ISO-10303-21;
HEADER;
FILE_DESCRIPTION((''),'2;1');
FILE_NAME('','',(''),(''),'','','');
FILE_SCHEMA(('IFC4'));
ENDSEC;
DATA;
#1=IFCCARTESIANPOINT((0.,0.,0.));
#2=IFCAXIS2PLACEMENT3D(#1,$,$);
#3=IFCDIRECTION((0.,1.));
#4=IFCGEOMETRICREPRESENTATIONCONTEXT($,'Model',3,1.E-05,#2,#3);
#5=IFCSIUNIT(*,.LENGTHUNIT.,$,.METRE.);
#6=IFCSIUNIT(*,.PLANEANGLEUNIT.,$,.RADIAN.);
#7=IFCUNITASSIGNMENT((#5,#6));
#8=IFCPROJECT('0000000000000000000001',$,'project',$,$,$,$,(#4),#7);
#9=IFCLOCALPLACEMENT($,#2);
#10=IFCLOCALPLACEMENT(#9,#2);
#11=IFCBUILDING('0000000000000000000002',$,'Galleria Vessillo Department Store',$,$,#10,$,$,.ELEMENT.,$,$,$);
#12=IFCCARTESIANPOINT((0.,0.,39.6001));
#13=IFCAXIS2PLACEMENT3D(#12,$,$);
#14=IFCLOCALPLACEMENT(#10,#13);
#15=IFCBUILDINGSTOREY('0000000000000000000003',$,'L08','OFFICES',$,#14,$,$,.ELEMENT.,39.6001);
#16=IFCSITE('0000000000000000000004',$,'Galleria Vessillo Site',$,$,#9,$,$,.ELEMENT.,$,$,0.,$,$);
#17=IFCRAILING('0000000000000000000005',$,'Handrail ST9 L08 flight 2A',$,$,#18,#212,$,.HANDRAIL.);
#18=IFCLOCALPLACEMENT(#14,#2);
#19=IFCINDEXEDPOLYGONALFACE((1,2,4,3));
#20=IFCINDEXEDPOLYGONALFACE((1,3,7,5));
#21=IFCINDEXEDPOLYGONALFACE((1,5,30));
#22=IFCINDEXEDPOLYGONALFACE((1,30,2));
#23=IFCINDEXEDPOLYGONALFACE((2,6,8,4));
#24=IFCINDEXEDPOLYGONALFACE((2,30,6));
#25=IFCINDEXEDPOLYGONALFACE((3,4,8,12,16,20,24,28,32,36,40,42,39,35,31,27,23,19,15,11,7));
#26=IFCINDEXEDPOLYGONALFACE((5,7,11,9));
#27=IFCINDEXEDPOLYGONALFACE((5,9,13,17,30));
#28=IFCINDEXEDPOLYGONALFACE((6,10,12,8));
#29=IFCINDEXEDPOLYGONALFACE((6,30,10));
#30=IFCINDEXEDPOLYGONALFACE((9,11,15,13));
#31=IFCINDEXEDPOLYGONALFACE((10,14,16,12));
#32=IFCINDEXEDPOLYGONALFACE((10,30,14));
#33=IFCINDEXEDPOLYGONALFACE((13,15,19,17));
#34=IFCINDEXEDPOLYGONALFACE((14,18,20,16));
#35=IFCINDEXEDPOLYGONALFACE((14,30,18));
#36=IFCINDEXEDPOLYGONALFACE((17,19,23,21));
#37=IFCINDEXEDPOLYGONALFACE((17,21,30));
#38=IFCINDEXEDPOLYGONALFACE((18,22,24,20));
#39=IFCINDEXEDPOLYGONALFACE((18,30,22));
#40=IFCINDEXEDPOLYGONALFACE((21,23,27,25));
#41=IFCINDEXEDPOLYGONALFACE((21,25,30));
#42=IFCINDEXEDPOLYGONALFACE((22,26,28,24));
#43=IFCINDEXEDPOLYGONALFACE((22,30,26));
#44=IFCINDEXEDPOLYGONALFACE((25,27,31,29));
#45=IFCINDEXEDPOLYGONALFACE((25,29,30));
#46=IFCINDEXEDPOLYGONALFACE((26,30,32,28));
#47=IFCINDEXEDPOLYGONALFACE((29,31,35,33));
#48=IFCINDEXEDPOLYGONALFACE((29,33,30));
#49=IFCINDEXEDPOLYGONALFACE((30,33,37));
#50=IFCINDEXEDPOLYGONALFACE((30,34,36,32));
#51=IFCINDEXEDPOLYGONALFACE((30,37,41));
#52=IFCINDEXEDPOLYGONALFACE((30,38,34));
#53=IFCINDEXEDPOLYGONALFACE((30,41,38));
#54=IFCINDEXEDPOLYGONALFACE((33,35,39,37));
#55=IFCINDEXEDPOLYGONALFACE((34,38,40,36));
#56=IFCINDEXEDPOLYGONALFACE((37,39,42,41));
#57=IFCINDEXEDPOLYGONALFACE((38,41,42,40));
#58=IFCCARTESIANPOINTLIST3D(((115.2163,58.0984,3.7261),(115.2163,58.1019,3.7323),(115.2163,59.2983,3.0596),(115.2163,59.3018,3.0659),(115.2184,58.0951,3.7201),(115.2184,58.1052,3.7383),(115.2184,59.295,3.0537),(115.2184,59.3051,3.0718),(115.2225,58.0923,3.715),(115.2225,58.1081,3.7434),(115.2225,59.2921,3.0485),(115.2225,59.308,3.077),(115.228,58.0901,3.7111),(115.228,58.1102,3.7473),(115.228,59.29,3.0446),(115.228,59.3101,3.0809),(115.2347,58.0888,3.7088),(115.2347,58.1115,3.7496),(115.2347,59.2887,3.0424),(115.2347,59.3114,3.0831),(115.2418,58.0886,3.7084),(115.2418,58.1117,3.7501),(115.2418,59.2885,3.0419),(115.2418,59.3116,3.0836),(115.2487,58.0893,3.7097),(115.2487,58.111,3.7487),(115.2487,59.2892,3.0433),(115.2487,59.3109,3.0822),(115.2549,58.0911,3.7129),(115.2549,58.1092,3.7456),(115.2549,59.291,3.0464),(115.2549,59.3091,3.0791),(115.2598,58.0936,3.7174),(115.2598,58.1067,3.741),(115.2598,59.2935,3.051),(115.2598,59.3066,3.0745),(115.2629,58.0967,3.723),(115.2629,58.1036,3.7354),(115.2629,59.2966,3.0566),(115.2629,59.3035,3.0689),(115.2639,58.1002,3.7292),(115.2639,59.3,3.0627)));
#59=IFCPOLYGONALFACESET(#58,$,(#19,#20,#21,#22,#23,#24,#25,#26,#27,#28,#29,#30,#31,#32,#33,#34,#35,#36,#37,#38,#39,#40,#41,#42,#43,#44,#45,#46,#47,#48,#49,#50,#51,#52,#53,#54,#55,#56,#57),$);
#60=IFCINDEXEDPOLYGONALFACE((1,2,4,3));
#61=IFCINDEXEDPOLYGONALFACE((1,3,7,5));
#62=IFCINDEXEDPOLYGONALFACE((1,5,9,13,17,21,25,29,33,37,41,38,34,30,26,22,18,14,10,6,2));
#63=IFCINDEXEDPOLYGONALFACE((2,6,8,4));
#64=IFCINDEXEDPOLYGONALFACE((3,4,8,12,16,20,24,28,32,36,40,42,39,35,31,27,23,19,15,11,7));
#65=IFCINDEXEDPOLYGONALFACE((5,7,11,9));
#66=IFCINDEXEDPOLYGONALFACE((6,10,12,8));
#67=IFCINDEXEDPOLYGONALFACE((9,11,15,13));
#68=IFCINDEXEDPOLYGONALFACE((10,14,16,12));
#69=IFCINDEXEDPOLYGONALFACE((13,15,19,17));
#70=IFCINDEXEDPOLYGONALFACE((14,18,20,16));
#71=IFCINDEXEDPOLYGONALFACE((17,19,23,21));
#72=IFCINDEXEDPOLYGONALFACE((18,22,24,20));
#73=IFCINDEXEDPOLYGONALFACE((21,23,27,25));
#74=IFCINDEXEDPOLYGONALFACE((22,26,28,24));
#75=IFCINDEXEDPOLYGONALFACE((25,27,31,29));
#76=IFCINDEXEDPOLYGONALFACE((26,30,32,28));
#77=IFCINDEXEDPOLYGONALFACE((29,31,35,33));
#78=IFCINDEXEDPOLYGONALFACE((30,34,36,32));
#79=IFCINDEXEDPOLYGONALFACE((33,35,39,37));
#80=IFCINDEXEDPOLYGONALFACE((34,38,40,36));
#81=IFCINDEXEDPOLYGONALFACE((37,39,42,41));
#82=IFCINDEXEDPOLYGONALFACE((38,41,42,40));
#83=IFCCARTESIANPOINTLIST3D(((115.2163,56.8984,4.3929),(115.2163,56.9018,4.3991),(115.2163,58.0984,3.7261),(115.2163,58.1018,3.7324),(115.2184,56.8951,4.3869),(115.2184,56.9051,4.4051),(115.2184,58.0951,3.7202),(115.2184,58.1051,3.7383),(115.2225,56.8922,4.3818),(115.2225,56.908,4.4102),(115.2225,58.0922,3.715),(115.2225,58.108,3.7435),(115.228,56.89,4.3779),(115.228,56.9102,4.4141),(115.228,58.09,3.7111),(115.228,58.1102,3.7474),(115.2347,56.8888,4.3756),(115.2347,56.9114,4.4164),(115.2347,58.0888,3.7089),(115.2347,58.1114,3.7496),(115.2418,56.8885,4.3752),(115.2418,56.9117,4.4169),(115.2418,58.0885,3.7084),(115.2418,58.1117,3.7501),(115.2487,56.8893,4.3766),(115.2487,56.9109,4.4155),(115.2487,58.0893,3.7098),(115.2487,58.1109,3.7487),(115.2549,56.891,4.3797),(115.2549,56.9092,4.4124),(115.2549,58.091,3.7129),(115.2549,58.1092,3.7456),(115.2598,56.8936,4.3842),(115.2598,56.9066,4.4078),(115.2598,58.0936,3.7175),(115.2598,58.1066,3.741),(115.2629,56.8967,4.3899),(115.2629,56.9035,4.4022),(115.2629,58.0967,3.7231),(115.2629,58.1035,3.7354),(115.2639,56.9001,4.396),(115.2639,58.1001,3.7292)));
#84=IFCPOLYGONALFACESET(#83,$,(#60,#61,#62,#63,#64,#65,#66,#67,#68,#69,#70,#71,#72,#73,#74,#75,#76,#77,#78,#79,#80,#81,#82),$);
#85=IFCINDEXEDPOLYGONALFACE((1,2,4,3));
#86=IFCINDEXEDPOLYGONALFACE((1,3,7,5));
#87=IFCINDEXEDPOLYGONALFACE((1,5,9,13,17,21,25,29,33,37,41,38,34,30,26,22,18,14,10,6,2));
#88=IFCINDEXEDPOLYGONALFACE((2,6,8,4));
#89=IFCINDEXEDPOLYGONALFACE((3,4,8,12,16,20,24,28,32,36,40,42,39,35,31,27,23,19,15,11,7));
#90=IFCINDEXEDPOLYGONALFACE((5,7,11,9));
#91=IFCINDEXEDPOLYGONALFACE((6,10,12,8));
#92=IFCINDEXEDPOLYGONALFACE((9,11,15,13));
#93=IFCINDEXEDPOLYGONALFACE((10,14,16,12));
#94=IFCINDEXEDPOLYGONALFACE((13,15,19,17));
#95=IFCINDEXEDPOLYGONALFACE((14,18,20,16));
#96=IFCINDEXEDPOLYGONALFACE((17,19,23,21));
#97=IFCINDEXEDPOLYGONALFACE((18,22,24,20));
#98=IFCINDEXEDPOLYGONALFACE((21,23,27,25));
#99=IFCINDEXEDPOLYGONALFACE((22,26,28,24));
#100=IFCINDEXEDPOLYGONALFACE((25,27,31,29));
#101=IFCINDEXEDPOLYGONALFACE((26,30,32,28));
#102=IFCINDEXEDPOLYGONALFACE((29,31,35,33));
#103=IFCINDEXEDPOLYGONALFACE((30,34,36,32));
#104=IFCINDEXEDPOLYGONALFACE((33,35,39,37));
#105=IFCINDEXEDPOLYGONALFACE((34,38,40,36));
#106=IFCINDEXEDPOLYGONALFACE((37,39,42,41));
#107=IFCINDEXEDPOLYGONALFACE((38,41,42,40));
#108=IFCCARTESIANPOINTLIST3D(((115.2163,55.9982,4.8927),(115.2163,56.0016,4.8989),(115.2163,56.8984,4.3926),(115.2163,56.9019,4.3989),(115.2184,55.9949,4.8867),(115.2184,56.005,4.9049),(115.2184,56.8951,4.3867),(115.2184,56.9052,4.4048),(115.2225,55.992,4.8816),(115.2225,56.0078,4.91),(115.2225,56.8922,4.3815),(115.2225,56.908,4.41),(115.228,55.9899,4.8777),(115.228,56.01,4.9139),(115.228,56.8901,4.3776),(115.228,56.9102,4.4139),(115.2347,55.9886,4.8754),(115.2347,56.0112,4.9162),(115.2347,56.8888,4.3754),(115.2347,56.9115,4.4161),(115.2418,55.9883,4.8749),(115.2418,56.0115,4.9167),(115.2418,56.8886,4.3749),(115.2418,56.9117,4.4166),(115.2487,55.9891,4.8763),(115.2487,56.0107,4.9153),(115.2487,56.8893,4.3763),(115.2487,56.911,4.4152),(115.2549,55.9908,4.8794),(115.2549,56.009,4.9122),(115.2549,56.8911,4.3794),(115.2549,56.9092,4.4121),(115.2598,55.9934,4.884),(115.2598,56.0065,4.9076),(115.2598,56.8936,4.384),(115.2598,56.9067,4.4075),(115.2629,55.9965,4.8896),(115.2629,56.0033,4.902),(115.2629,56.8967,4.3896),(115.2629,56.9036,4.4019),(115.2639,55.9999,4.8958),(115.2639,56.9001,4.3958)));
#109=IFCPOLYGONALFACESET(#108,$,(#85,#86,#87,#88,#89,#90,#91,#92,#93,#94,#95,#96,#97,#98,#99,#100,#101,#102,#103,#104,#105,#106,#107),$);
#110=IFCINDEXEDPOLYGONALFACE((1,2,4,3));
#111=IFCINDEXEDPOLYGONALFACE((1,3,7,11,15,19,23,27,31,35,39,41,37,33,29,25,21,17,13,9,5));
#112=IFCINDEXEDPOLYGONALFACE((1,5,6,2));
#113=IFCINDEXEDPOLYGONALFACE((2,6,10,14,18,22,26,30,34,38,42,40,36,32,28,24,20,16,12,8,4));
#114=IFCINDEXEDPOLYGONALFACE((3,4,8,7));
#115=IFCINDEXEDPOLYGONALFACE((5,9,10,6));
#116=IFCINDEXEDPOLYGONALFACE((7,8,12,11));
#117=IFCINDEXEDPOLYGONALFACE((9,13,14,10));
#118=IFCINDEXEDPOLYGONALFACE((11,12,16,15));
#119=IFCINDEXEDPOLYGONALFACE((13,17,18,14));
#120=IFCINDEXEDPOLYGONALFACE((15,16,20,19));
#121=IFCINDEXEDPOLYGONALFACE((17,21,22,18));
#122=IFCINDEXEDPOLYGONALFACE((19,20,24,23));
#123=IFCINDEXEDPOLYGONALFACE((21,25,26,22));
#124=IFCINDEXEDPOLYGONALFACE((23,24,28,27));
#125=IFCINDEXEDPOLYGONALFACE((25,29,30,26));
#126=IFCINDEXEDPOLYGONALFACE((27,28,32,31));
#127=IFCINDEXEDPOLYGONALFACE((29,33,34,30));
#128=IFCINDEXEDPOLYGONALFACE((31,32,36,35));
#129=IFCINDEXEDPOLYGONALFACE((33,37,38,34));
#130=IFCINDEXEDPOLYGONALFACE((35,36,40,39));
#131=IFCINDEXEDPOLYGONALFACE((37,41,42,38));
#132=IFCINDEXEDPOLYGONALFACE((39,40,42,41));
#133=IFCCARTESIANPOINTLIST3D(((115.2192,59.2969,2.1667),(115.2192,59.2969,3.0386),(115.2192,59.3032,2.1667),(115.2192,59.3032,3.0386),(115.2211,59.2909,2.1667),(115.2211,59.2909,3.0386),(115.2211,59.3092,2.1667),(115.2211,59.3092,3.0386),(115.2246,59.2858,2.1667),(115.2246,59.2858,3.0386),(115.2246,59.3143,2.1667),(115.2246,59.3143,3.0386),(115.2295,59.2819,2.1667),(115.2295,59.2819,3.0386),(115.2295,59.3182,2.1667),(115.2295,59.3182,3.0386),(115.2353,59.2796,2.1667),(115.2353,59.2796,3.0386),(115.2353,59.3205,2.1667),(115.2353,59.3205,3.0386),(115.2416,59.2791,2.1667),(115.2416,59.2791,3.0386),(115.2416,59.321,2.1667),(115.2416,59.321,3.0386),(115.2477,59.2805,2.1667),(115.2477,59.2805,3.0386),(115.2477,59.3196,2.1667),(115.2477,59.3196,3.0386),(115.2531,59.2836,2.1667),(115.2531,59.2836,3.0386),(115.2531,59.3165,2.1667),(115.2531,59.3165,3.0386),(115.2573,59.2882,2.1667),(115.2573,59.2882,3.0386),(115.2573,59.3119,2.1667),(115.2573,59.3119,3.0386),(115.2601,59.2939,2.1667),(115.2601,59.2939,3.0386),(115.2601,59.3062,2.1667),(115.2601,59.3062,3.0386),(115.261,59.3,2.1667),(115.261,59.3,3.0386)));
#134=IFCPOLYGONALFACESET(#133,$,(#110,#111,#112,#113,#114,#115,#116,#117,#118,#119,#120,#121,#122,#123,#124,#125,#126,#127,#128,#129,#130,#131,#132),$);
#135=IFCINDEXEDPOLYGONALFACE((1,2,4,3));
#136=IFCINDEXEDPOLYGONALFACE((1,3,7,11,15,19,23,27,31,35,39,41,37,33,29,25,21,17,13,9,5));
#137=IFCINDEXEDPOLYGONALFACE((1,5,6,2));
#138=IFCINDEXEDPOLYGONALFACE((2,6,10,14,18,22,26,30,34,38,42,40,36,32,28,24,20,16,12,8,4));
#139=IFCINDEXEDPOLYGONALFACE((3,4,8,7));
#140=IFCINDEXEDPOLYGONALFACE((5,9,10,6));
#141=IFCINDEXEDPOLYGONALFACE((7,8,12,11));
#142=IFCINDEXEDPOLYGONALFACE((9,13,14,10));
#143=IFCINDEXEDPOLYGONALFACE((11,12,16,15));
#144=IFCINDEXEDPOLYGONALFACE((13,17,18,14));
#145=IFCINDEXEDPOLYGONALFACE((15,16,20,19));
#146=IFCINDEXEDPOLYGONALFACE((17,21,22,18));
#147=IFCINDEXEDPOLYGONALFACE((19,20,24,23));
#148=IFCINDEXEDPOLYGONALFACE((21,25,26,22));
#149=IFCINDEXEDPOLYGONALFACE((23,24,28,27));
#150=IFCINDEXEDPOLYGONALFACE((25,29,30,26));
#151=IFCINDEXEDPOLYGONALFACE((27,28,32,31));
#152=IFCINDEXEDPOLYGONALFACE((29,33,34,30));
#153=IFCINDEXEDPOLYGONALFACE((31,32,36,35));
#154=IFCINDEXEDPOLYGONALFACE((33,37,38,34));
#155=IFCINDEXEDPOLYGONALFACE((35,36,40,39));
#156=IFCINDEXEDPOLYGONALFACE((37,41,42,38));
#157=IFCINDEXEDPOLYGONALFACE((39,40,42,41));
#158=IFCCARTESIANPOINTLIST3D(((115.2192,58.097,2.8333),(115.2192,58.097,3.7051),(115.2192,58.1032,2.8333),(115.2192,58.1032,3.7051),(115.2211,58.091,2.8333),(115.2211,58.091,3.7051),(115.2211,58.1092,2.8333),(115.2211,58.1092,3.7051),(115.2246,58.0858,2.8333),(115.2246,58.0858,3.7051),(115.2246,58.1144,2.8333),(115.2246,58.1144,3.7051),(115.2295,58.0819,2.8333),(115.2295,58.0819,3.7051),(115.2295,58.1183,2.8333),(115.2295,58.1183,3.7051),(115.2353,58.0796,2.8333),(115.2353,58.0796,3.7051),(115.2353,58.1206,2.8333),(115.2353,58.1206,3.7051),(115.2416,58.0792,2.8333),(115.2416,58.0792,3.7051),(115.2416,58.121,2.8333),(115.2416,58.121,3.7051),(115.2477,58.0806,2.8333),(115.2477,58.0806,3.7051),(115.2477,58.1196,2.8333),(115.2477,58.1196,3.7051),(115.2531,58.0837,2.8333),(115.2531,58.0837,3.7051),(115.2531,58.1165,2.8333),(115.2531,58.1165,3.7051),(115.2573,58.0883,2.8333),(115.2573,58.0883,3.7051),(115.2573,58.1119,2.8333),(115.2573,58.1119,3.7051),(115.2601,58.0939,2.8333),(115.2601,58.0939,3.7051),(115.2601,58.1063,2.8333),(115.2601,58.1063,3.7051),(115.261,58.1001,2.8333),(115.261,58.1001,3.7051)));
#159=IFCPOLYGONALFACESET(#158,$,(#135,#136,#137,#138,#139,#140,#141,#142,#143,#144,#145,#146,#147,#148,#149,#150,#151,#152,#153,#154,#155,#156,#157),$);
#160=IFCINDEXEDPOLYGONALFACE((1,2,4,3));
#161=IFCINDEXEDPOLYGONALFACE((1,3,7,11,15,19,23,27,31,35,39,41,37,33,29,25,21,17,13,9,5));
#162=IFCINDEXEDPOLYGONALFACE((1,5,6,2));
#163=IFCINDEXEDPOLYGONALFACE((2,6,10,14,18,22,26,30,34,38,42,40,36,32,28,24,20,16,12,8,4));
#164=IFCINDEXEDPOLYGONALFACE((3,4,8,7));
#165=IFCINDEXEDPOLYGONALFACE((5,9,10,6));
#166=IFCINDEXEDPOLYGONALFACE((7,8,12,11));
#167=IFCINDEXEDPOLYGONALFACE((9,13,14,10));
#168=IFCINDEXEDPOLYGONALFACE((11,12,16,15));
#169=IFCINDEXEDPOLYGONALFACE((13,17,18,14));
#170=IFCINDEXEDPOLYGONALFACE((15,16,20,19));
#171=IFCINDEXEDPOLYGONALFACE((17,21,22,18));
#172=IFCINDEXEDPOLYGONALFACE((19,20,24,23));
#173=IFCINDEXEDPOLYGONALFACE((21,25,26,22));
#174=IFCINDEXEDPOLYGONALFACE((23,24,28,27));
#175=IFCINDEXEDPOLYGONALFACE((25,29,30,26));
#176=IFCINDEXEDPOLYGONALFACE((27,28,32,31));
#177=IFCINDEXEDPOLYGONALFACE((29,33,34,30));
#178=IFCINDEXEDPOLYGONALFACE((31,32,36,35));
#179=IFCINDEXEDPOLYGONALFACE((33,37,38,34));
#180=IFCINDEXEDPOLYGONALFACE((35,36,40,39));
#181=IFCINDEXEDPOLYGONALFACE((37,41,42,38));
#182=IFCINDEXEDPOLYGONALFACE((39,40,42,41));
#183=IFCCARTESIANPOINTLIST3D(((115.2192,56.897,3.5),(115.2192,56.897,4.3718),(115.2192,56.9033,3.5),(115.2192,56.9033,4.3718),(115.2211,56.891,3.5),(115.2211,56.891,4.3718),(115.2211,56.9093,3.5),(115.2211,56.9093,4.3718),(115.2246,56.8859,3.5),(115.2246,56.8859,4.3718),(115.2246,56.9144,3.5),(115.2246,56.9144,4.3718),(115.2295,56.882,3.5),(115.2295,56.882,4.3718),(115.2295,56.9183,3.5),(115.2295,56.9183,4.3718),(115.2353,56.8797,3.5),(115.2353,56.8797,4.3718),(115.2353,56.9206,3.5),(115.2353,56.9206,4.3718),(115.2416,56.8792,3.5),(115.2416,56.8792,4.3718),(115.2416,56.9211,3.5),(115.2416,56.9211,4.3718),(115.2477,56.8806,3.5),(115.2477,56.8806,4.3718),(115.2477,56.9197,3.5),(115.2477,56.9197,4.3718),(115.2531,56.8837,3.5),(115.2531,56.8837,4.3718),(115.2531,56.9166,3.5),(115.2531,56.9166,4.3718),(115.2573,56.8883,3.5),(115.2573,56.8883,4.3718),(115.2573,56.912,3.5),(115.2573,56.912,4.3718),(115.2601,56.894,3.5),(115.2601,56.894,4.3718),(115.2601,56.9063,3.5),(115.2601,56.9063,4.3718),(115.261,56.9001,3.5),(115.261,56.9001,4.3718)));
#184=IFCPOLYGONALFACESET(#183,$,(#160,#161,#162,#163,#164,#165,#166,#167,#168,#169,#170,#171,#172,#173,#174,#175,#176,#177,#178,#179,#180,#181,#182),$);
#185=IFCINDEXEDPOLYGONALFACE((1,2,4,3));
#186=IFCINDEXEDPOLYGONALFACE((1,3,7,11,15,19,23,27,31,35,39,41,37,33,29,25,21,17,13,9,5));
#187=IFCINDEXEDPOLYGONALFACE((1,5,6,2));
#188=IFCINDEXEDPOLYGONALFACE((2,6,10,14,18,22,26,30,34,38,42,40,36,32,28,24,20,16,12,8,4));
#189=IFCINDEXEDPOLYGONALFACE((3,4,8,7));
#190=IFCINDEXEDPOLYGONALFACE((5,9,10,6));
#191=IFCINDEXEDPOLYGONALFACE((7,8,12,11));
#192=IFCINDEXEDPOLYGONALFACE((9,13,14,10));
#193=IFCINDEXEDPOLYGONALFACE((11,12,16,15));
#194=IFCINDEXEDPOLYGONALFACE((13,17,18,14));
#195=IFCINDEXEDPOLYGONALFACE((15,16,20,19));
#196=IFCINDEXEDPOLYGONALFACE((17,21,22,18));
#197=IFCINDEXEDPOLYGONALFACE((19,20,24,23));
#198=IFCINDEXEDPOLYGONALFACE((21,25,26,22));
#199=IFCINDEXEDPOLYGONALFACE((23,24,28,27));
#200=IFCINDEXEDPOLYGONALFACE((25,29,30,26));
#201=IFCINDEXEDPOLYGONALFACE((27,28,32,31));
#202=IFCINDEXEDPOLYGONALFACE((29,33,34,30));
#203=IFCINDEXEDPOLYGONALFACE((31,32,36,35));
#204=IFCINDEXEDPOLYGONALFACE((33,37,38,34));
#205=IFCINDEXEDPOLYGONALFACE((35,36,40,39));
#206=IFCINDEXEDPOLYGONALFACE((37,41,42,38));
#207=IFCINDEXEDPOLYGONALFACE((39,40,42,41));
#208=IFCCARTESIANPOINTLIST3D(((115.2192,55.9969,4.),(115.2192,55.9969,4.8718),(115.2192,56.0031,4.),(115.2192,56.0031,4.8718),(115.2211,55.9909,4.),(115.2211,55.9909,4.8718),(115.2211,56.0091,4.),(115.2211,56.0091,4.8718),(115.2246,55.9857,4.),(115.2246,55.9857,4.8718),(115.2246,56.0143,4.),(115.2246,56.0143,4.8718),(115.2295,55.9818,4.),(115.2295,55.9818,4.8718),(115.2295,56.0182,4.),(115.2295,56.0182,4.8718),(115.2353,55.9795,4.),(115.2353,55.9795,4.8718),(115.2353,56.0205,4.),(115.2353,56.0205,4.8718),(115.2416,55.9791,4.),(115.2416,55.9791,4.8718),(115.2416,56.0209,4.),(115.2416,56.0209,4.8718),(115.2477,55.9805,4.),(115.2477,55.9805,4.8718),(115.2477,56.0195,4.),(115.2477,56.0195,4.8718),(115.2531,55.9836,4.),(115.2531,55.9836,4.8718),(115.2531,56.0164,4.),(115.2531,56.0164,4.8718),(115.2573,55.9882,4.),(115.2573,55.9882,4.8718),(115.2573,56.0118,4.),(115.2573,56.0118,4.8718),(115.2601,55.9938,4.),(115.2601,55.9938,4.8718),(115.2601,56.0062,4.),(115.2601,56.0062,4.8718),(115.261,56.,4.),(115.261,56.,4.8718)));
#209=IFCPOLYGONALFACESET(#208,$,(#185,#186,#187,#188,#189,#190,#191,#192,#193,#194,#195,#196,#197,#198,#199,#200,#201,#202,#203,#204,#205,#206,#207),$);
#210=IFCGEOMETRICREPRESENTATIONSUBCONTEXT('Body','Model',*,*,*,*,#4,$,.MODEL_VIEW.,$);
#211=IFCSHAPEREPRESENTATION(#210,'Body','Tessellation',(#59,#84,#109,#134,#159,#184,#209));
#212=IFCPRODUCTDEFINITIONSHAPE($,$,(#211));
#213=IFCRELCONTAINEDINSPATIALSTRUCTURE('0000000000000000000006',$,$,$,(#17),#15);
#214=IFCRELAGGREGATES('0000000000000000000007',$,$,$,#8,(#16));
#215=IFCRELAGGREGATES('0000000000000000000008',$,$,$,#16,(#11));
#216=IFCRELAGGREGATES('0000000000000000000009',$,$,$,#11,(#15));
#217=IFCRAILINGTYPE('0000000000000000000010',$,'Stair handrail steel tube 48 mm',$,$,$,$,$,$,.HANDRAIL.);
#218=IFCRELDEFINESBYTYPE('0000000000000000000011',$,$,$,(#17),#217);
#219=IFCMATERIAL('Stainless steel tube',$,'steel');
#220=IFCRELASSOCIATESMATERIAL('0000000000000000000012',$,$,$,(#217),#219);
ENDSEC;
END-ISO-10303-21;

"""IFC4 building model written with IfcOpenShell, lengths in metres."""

from ifc_helpers import new_model, si_unit, direction, frame, origin, origin_2d, place, context, subcontext, project, spatial, circle, extrude, material, type_object, element, save


model = new_model("IFC4")

# Units and contexts
model_context = context("Model", 3, precision=1e-05, world=origin(), true_north=direction((0.0, 1.0)))
body_context = subcontext(model_context, "Body", "Model", "MODEL_VIEW")
ifc_project = project(units=[si_unit("LENGTHUNIT", "METRE"), si_unit("PLANEANGLEUNIT", "RADIAN")], contexts=[model_context])

# Site, building, storey
site_placement = place(None, origin())
site = spatial("IfcSite", under=ifc_project, at=site_placement, Name="Galleria Vessillo Site", CompositionType="ELEMENT", RefElevation=0.0)
building_placement = place(site_placement, origin())
building = spatial("IfcBuilding", under=site, at=building_placement, Name="Galleria Vessillo Department Store", CompositionType="ELEMENT")
storey_placement = place(building_placement, frame((0.0, 0.0, 39.6001)))
storey = spatial("IfcBuildingStorey", under=building, at=storey_placement, Name="L08", Description="OFFICES", CompositionType="ELEMENT", Elevation=39.6001)

# Railing
ifc_material_1 = material(Name="Stainless steel tube", Category="steel")
railing_type = type_object("IfcRailingType", Name="Stair handrail steel tube 48 mm", PredefinedType="HANDRAIL", material=ifc_material_1)
for number, where, name in (
    (1, (115.24, 59.3, 2.1667), "Handrail ST9 L08 flight 2A"),
):
    element("IfcRailing", number, at=place(storey_placement, frame(where)), inside=storey, type_object=railing_type, Name=name, PredefinedType="HANDRAIL", context=body_context, shape_type="SweptSolid", body=[
        extrude(circle(Radius=0.0239, at=origin_2d()), frame((0.0, 0.0, 0.896), z_axis=(0.0, -0.874199, 0.485567), x_axis=(1.0, 0.0, 0.0)), (0.0, 0.0, 1.0), 1.3726),
        extrude(circle(Radius=0.0239, at=origin_2d()), frame((0.0, -1.2, 1.5625), z_axis=(0.0, -0.874124, 0.485703), x_axis=(1.0, 0.0, 0.0)), (0.0, 0.0, 1.0), 1.3728),
        extrude(circle(Radius=0.0239, at=origin_2d()), frame((0.0, -2.3999, 2.229), z_axis=(0.0, -0.874191, 0.485583), x_axis=(1.0, 0.0, 0.0)), (0.0, 0.0, 1.0), 1.0298),
        extrude(circle(Radius=0.021, at=origin_2d()), origin(), (0.0, 0.0, 1.0), 0.8718),
        extrude(circle(Radius=0.021, at=origin_2d()), frame((0.0, -1.2, 0.6665)), (0.0, 0.0, 1.0), 0.8718),
        extrude(circle(Radius=0.021, at=origin_2d()), frame((0.0, -2.3999, 1.3333)), (0.0, 0.0, 1.0), 0.8718),
        extrude(circle(Radius=0.021, at=origin_2d()), frame((0.0, -3.3, 1.8333)), (0.0, 0.0, 1.0), 0.8718),
    ])

save(model, "model.ifc")
